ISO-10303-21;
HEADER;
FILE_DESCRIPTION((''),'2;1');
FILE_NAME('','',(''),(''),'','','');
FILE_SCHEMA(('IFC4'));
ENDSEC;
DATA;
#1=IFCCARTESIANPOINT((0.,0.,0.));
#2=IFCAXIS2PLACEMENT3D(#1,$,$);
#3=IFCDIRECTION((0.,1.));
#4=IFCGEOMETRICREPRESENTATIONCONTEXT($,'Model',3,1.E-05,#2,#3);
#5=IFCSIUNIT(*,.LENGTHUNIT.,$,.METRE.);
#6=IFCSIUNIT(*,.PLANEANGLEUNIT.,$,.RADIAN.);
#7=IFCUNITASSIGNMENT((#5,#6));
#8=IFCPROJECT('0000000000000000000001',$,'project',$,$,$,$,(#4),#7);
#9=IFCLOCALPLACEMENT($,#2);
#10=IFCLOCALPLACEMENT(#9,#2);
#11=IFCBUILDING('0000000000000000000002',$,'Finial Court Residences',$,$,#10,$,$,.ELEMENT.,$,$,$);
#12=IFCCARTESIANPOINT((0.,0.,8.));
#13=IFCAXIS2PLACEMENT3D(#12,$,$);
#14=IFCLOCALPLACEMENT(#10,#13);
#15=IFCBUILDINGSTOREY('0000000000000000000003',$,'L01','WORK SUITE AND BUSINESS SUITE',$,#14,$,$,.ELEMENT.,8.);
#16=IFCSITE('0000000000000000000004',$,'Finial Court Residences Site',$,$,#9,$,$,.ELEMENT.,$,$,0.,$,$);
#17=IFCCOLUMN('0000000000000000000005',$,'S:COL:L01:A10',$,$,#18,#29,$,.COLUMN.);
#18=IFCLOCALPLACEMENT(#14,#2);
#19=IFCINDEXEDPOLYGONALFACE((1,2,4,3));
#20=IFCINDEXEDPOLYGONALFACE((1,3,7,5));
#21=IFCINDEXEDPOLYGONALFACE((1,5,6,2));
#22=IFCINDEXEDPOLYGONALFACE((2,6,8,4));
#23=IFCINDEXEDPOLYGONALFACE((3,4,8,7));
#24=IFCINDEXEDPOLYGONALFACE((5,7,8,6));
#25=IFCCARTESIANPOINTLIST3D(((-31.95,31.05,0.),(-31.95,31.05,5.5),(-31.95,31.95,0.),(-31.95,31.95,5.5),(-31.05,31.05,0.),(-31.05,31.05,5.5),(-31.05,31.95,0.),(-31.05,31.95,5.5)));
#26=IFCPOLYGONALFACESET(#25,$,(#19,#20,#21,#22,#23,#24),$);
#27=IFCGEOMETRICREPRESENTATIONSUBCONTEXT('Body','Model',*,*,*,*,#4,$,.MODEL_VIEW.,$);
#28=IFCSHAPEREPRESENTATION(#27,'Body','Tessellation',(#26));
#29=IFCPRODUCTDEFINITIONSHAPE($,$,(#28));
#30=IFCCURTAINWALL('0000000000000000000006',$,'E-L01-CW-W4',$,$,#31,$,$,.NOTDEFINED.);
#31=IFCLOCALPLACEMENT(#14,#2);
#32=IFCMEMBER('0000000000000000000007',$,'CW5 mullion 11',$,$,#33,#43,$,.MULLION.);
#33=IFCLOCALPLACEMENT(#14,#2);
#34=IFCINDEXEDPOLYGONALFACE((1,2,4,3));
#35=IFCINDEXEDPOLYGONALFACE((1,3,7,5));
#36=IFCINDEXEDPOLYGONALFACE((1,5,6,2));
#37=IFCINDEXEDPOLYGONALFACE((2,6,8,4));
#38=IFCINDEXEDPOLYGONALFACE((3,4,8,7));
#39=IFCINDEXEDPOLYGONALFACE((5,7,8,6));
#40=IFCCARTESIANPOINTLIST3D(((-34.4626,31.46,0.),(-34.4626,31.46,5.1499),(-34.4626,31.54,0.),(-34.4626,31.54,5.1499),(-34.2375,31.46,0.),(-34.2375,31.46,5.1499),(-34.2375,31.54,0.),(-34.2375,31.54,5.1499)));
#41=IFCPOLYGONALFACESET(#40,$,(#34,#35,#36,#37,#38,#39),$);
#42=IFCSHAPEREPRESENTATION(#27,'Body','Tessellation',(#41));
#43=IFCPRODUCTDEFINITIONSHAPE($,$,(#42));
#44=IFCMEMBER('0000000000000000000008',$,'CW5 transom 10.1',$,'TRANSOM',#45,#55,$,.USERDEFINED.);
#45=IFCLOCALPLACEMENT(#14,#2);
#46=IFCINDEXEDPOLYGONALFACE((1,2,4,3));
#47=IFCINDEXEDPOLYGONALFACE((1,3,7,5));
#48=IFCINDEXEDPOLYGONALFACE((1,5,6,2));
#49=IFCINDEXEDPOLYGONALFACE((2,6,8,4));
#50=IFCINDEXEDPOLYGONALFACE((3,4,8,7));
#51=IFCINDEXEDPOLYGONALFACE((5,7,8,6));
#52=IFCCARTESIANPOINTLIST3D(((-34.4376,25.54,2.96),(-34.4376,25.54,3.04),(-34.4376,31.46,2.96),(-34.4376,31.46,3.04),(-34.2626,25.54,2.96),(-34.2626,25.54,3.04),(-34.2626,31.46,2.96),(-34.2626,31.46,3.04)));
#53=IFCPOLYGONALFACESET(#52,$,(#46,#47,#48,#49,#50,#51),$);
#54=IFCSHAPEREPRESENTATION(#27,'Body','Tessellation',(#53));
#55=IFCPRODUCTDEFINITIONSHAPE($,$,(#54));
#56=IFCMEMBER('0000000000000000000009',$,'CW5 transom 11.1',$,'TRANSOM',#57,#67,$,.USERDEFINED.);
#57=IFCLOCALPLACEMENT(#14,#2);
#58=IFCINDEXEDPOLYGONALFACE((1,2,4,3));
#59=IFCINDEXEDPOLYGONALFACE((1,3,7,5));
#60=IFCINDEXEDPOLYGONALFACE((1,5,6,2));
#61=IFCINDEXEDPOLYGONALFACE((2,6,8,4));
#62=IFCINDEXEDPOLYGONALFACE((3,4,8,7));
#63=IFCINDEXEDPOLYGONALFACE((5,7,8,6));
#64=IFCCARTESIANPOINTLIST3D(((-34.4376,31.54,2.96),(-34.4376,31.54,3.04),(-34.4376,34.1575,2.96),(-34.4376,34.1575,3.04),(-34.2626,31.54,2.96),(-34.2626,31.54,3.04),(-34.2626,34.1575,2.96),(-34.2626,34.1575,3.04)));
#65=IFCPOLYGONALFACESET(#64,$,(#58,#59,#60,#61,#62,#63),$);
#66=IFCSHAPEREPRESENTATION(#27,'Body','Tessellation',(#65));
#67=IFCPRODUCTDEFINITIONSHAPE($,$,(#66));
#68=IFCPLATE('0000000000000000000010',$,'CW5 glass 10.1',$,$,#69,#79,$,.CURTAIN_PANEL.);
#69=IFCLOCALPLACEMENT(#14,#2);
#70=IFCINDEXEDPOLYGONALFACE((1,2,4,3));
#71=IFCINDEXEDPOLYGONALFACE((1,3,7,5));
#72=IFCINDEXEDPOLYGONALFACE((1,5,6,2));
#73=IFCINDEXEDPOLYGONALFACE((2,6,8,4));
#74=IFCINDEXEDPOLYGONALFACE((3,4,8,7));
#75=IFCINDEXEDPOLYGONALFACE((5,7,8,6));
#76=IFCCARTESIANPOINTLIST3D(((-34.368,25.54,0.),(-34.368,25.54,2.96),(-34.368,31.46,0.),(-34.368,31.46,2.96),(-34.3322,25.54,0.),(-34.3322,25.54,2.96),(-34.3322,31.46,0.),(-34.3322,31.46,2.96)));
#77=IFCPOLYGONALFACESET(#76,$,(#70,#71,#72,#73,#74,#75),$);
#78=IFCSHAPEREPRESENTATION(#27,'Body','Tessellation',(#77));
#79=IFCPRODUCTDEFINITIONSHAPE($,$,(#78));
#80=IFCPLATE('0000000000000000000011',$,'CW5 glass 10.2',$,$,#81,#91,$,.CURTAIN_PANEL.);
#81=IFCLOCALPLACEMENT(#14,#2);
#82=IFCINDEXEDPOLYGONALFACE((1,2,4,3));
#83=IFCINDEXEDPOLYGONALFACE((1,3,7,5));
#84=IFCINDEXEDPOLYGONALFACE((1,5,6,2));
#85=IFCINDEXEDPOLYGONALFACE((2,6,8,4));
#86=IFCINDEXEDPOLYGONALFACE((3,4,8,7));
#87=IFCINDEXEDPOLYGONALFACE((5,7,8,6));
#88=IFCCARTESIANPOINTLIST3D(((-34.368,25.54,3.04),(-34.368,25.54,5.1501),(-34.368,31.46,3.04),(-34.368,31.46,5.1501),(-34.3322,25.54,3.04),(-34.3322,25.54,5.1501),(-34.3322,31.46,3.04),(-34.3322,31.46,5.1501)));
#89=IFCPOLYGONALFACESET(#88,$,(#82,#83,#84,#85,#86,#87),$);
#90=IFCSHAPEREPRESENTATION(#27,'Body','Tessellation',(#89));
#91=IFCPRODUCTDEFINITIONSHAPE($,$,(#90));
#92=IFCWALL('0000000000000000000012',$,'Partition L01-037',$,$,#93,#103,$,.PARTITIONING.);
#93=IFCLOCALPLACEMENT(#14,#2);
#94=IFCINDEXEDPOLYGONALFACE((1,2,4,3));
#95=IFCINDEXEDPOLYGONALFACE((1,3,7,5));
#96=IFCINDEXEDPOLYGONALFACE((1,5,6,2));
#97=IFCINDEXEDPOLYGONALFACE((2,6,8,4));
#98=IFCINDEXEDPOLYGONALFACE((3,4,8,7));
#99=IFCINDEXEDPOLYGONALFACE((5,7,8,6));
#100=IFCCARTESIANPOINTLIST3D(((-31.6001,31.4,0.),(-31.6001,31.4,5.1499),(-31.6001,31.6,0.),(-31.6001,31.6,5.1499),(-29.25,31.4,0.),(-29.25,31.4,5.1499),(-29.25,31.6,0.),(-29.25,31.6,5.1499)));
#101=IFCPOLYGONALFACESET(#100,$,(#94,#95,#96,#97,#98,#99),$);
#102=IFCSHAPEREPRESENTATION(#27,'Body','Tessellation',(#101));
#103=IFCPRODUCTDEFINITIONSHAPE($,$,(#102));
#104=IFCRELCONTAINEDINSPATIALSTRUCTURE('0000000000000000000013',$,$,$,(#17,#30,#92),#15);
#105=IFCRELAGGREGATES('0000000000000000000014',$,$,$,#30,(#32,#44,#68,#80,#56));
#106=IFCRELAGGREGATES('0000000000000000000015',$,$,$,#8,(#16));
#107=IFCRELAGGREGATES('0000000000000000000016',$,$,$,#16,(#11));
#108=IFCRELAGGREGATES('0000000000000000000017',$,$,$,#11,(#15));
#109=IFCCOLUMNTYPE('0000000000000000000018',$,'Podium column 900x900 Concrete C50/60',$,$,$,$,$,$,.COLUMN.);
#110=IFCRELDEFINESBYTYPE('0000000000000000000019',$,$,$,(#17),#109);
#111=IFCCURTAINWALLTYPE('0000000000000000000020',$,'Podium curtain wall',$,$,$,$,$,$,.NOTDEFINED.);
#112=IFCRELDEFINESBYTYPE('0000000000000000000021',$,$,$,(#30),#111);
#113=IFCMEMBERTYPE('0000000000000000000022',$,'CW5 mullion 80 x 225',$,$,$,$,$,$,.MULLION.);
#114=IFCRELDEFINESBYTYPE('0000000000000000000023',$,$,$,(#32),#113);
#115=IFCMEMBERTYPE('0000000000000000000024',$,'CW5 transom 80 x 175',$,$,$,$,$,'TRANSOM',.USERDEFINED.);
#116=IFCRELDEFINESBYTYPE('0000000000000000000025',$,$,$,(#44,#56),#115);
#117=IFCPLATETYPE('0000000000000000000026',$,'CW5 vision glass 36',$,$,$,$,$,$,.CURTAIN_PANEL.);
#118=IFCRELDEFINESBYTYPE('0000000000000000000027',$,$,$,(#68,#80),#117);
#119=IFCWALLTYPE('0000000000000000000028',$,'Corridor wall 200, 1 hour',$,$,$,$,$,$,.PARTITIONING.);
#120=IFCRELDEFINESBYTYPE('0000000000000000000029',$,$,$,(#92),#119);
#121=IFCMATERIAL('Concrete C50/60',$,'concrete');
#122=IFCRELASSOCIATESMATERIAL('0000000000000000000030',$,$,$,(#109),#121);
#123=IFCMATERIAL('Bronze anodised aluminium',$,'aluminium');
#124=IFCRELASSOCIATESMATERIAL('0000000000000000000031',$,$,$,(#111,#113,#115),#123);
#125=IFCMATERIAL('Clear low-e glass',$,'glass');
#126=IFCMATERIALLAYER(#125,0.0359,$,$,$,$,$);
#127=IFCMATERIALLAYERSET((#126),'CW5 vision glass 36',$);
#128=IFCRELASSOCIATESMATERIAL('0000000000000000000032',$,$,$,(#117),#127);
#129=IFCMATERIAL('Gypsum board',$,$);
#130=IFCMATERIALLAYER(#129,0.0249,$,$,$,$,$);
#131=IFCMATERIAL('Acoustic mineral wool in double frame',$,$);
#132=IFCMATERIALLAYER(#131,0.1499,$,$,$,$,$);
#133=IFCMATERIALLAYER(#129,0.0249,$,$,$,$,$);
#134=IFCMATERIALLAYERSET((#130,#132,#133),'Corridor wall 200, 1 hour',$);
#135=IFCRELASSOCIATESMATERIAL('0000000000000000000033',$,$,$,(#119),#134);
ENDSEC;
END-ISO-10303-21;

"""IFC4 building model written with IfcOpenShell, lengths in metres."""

from ifc_helpers import new_model, si_unit, direction, frame, frame_2d, origin, origin_2d, place, context, subcontext, project, spatial, rectangle, extrude, material, layer, layer_set, material_profile, profile_set, type_object, element, aggregate, save


model = new_model("IFC4")

# Units and contexts
model_context = context("Model", 3, precision=1e-05, world=origin(), true_north=direction((0.0, 1.0)))
body_context = subcontext(model_context, "Body", "Model", "MODEL_VIEW")
ifc_project = project(units=[si_unit("LENGTHUNIT", "METRE"), si_unit("PLANEANGLEUNIT", "RADIAN")], contexts=[model_context])

# Site, building, storey
site_placement = place(None, origin())
site = spatial("IfcSite", under=ifc_project, at=site_placement, Name="Finial Court Residences Site", CompositionType="ELEMENT", RefElevation=0.0)
building_placement = place(site_placement, origin())
building = spatial("IfcBuilding", under=site, at=building_placement, Name="Finial Court Residences", CompositionType="ELEMENT")
storey_placement = place(building_placement, frame((0.0, 0.0, 8.0)))
storey = spatial("IfcBuildingStorey", under=building, at=storey_placement, Name="L01", Description="WORK SUITE AND BUSINESS SUITE", CompositionType="ELEMENT", Elevation=8.0)

# Column
ifc_material_1 = material(Name="Concrete C50/60", Category="concrete")
ifc_material_profile_1 = material_profile(ifc_material_1, rectangle(XDim=0.8999, YDim=0.8999, at=origin_2d()), Name="900x900")
ifc_profile_set_1 = profile_set([ifc_material_profile_1], Name="Concrete C50/60")
column_type = type_object("IfcColumnType", Name="Podium column 900x900 Concrete C50/60", PredefinedType="COLUMN", material=ifc_profile_set_1)
column_placement = place(storey_placement, frame((-31.5, 31.5, 0.0), z_axis=(0.0, 0.0, 1.0), x_axis=(1.0, 0.0, 0.0)))
element("IfcColumn", 1, at=column_placement, inside=storey, type_object=column_type, Name="S:COL:L01:A10", PredefinedType="COLUMN", context=body_context, shape_type="SweptSolid", body=[
    extrude(rectangle(XDim=0.8999, YDim=0.8999, at=origin_2d()), origin(), (0.0, 0.0, 1.0), 5.5),
])

# Curtain wall, members, plates
ifc_material_2 = material(Name="Bronze anodised aluminium", Category="aluminium")
curtain_wall_type = type_object("IfcCurtainWallType", Name="Podium curtain wall", PredefinedType="NOTDEFINED", material=ifc_material_2)
curtain_wall_placement = place(storey_placement, origin())
curtain_wall = element("IfcCurtainWall", 2, at=curtain_wall_placement, inside=storey, type_object=curtain_wall_type, Name="E-L01-CW-W4", PredefinedType="NOTDEFINED")
ifc_material_profile_2 = material_profile(ifc_material_2, rectangle(XDim=0.2251, YDim=0.0801, at=origin_2d()), Name="CW5 mullion 80 x 225")
ifc_profile_set_2 = profile_set([ifc_material_profile_2], Name="Bronze anodised aluminium")
member_type_1 = type_object("IfcMemberType", Name="CW5 mullion 80 x 225", PredefinedType="MULLION", material=ifc_profile_set_2)
member_1_placement = place(storey_placement, frame((-34.3501, 31.5, 0.0), z_axis=(0.0, 0.0, 1.0), x_axis=(-1.0, 0.0, 0.0)))
member_1 = element("IfcMember", 3, at=member_1_placement, type_object=member_type_1, Name="CW5 mullion 11", PredefinedType="MULLION", context=body_context, shape_type="SweptSolid", body=[
    extrude(rectangle(XDim=0.2251, YDim=0.0801, at=origin_2d()), origin(), (0.0, 0.0, 1.0), 5.1499),
])
ifc_material_profile_3 = material_profile(ifc_material_2, rectangle(XDim=0.175, YDim=0.0801, at=origin_2d()), Name="CW5 transom 80 x 175")
ifc_profile_set_3 = profile_set([ifc_material_profile_3], Name="Bronze anodised aluminium")
member_type_2 = type_object("IfcMemberType", Name="CW5 transom 80 x 175", ElementType="TRANSOM", PredefinedType="USERDEFINED", material=ifc_profile_set_3)
member_2_placement = place(storey_placement, frame((-34.3501, 25.54, 3.0), z_axis=(0.0, 1.0, 0.0), x_axis=(-1.0, 0.0, 0.0)))
member_2 = element("IfcMember", 4, at=member_2_placement, type_object=member_type_2, Name="CW5 transom 10.1", ObjectType="TRANSOM", PredefinedType="USERDEFINED", context=body_context, shape_type="SweptSolid", body=[
    extrude(rectangle(XDim=0.175, YDim=0.0801, at=origin_2d()), origin(), (0.0, 0.0, 1.0), 5.9199),
])
member_3_placement = place(storey_placement, frame((-34.3501, 31.54, 3.0), z_axis=(0.0, 1.0, 0.0), x_axis=(-1.0, 0.0, 0.0)))
member_3 = element("IfcMember", 5, at=member_3_placement, type_object=member_type_2, Name="CW5 transom 11.1", ObjectType="TRANSOM", PredefinedType="USERDEFINED", context=body_context, shape_type="SweptSolid", body=[
    extrude(rectangle(XDim=0.175, YDim=0.0801, at=origin_2d()), origin(), (0.0, 0.0, 1.0), 2.6174),
])
ifc_material_3 = material(Name="Clear low-e glass", Category="glass")
ifc_layer_1 = layer(ifc_material_3, 0.0359)
ifc_layer_set_1 = layer_set([ifc_layer_1], Name="CW5 vision glass 36")
plate_type = type_object("IfcPlateType", Name="CW5 vision glass 36", PredefinedType="CURTAIN_PANEL", material=ifc_layer_set_1)
plate_1_placement = place(storey_placement, frame((-34.3501, 28.5, 0.0), z_axis=(0.0, 0.0, 1.0), x_axis=(0.0, 1.0, 0.0)))
plate_1 = element("IfcPlate", 6, at=plate_1_placement, type_object=plate_type, Name="CW5 glass 10.1", PredefinedType="CURTAIN_PANEL", context=body_context, shape_type="SweptSolid", body=[
    extrude(rectangle(XDim=5.9199, YDim=0.0359, at=origin_2d()), origin(), (0.0, 0.0, 1.0), 2.96),
])
plate_2_placement = place(storey_placement, frame((-34.3501, 28.5, 3.04), z_axis=(0.0, 0.0, 1.0), x_axis=(0.0, 1.0, 0.0)))
plate_2 = element("IfcPlate", 7, at=plate_2_placement, type_object=plate_type, Name="CW5 glass 10.2", PredefinedType="CURTAIN_PANEL", context=body_context, shape_type="SweptSolid", body=[
    extrude(rectangle(XDim=5.9199, YDim=0.0359, at=origin_2d()), origin(), (0.0, 0.0, 1.0), 2.1101),
])
aggregate(curtain_wall, [member_1, member_2, plate_1, plate_2, member_3])

# Wall
ifc_material_4 = material(Name="Gypsum board")
ifc_layer_2 = layer(ifc_material_4, 0.0249)
ifc_material_5 = material(Name="Acoustic mineral wool in double frame")
ifc_layer_3 = layer(ifc_material_5, 0.1499)
ifc_layer_4 = layer(ifc_material_4, 0.0249)
ifc_layer_set_2 = layer_set([ifc_layer_2, ifc_layer_3, ifc_layer_4], Name="Corridor wall 200, 1 hour")
wall_type_1 = type_object("IfcWallType", Name="Corridor wall 200, 1 hour", PredefinedType="PARTITIONING", material=ifc_layer_set_2)
wall_1_placement = place(storey_placement, frame((-31.6001, 31.5, 0.0), z_axis=(0.0, 0.0, 1.0), x_axis=(1.0, 0.0, 0.0)))
element("IfcWall", 8, at=wall_1_placement, inside=storey, type_object=wall_type_1, Name="Partition L01-037", PredefinedType="PARTITIONING", context=body_context, shape_type="SweptSolid", body=[
    extrude(rectangle(XDim=2.3501, YDim=0.2, at=frame_2d((1.175, 0.0))), origin(), (0.0, 0.0, 1.0), 5.1499),
])

save(model, "model.ifc")
